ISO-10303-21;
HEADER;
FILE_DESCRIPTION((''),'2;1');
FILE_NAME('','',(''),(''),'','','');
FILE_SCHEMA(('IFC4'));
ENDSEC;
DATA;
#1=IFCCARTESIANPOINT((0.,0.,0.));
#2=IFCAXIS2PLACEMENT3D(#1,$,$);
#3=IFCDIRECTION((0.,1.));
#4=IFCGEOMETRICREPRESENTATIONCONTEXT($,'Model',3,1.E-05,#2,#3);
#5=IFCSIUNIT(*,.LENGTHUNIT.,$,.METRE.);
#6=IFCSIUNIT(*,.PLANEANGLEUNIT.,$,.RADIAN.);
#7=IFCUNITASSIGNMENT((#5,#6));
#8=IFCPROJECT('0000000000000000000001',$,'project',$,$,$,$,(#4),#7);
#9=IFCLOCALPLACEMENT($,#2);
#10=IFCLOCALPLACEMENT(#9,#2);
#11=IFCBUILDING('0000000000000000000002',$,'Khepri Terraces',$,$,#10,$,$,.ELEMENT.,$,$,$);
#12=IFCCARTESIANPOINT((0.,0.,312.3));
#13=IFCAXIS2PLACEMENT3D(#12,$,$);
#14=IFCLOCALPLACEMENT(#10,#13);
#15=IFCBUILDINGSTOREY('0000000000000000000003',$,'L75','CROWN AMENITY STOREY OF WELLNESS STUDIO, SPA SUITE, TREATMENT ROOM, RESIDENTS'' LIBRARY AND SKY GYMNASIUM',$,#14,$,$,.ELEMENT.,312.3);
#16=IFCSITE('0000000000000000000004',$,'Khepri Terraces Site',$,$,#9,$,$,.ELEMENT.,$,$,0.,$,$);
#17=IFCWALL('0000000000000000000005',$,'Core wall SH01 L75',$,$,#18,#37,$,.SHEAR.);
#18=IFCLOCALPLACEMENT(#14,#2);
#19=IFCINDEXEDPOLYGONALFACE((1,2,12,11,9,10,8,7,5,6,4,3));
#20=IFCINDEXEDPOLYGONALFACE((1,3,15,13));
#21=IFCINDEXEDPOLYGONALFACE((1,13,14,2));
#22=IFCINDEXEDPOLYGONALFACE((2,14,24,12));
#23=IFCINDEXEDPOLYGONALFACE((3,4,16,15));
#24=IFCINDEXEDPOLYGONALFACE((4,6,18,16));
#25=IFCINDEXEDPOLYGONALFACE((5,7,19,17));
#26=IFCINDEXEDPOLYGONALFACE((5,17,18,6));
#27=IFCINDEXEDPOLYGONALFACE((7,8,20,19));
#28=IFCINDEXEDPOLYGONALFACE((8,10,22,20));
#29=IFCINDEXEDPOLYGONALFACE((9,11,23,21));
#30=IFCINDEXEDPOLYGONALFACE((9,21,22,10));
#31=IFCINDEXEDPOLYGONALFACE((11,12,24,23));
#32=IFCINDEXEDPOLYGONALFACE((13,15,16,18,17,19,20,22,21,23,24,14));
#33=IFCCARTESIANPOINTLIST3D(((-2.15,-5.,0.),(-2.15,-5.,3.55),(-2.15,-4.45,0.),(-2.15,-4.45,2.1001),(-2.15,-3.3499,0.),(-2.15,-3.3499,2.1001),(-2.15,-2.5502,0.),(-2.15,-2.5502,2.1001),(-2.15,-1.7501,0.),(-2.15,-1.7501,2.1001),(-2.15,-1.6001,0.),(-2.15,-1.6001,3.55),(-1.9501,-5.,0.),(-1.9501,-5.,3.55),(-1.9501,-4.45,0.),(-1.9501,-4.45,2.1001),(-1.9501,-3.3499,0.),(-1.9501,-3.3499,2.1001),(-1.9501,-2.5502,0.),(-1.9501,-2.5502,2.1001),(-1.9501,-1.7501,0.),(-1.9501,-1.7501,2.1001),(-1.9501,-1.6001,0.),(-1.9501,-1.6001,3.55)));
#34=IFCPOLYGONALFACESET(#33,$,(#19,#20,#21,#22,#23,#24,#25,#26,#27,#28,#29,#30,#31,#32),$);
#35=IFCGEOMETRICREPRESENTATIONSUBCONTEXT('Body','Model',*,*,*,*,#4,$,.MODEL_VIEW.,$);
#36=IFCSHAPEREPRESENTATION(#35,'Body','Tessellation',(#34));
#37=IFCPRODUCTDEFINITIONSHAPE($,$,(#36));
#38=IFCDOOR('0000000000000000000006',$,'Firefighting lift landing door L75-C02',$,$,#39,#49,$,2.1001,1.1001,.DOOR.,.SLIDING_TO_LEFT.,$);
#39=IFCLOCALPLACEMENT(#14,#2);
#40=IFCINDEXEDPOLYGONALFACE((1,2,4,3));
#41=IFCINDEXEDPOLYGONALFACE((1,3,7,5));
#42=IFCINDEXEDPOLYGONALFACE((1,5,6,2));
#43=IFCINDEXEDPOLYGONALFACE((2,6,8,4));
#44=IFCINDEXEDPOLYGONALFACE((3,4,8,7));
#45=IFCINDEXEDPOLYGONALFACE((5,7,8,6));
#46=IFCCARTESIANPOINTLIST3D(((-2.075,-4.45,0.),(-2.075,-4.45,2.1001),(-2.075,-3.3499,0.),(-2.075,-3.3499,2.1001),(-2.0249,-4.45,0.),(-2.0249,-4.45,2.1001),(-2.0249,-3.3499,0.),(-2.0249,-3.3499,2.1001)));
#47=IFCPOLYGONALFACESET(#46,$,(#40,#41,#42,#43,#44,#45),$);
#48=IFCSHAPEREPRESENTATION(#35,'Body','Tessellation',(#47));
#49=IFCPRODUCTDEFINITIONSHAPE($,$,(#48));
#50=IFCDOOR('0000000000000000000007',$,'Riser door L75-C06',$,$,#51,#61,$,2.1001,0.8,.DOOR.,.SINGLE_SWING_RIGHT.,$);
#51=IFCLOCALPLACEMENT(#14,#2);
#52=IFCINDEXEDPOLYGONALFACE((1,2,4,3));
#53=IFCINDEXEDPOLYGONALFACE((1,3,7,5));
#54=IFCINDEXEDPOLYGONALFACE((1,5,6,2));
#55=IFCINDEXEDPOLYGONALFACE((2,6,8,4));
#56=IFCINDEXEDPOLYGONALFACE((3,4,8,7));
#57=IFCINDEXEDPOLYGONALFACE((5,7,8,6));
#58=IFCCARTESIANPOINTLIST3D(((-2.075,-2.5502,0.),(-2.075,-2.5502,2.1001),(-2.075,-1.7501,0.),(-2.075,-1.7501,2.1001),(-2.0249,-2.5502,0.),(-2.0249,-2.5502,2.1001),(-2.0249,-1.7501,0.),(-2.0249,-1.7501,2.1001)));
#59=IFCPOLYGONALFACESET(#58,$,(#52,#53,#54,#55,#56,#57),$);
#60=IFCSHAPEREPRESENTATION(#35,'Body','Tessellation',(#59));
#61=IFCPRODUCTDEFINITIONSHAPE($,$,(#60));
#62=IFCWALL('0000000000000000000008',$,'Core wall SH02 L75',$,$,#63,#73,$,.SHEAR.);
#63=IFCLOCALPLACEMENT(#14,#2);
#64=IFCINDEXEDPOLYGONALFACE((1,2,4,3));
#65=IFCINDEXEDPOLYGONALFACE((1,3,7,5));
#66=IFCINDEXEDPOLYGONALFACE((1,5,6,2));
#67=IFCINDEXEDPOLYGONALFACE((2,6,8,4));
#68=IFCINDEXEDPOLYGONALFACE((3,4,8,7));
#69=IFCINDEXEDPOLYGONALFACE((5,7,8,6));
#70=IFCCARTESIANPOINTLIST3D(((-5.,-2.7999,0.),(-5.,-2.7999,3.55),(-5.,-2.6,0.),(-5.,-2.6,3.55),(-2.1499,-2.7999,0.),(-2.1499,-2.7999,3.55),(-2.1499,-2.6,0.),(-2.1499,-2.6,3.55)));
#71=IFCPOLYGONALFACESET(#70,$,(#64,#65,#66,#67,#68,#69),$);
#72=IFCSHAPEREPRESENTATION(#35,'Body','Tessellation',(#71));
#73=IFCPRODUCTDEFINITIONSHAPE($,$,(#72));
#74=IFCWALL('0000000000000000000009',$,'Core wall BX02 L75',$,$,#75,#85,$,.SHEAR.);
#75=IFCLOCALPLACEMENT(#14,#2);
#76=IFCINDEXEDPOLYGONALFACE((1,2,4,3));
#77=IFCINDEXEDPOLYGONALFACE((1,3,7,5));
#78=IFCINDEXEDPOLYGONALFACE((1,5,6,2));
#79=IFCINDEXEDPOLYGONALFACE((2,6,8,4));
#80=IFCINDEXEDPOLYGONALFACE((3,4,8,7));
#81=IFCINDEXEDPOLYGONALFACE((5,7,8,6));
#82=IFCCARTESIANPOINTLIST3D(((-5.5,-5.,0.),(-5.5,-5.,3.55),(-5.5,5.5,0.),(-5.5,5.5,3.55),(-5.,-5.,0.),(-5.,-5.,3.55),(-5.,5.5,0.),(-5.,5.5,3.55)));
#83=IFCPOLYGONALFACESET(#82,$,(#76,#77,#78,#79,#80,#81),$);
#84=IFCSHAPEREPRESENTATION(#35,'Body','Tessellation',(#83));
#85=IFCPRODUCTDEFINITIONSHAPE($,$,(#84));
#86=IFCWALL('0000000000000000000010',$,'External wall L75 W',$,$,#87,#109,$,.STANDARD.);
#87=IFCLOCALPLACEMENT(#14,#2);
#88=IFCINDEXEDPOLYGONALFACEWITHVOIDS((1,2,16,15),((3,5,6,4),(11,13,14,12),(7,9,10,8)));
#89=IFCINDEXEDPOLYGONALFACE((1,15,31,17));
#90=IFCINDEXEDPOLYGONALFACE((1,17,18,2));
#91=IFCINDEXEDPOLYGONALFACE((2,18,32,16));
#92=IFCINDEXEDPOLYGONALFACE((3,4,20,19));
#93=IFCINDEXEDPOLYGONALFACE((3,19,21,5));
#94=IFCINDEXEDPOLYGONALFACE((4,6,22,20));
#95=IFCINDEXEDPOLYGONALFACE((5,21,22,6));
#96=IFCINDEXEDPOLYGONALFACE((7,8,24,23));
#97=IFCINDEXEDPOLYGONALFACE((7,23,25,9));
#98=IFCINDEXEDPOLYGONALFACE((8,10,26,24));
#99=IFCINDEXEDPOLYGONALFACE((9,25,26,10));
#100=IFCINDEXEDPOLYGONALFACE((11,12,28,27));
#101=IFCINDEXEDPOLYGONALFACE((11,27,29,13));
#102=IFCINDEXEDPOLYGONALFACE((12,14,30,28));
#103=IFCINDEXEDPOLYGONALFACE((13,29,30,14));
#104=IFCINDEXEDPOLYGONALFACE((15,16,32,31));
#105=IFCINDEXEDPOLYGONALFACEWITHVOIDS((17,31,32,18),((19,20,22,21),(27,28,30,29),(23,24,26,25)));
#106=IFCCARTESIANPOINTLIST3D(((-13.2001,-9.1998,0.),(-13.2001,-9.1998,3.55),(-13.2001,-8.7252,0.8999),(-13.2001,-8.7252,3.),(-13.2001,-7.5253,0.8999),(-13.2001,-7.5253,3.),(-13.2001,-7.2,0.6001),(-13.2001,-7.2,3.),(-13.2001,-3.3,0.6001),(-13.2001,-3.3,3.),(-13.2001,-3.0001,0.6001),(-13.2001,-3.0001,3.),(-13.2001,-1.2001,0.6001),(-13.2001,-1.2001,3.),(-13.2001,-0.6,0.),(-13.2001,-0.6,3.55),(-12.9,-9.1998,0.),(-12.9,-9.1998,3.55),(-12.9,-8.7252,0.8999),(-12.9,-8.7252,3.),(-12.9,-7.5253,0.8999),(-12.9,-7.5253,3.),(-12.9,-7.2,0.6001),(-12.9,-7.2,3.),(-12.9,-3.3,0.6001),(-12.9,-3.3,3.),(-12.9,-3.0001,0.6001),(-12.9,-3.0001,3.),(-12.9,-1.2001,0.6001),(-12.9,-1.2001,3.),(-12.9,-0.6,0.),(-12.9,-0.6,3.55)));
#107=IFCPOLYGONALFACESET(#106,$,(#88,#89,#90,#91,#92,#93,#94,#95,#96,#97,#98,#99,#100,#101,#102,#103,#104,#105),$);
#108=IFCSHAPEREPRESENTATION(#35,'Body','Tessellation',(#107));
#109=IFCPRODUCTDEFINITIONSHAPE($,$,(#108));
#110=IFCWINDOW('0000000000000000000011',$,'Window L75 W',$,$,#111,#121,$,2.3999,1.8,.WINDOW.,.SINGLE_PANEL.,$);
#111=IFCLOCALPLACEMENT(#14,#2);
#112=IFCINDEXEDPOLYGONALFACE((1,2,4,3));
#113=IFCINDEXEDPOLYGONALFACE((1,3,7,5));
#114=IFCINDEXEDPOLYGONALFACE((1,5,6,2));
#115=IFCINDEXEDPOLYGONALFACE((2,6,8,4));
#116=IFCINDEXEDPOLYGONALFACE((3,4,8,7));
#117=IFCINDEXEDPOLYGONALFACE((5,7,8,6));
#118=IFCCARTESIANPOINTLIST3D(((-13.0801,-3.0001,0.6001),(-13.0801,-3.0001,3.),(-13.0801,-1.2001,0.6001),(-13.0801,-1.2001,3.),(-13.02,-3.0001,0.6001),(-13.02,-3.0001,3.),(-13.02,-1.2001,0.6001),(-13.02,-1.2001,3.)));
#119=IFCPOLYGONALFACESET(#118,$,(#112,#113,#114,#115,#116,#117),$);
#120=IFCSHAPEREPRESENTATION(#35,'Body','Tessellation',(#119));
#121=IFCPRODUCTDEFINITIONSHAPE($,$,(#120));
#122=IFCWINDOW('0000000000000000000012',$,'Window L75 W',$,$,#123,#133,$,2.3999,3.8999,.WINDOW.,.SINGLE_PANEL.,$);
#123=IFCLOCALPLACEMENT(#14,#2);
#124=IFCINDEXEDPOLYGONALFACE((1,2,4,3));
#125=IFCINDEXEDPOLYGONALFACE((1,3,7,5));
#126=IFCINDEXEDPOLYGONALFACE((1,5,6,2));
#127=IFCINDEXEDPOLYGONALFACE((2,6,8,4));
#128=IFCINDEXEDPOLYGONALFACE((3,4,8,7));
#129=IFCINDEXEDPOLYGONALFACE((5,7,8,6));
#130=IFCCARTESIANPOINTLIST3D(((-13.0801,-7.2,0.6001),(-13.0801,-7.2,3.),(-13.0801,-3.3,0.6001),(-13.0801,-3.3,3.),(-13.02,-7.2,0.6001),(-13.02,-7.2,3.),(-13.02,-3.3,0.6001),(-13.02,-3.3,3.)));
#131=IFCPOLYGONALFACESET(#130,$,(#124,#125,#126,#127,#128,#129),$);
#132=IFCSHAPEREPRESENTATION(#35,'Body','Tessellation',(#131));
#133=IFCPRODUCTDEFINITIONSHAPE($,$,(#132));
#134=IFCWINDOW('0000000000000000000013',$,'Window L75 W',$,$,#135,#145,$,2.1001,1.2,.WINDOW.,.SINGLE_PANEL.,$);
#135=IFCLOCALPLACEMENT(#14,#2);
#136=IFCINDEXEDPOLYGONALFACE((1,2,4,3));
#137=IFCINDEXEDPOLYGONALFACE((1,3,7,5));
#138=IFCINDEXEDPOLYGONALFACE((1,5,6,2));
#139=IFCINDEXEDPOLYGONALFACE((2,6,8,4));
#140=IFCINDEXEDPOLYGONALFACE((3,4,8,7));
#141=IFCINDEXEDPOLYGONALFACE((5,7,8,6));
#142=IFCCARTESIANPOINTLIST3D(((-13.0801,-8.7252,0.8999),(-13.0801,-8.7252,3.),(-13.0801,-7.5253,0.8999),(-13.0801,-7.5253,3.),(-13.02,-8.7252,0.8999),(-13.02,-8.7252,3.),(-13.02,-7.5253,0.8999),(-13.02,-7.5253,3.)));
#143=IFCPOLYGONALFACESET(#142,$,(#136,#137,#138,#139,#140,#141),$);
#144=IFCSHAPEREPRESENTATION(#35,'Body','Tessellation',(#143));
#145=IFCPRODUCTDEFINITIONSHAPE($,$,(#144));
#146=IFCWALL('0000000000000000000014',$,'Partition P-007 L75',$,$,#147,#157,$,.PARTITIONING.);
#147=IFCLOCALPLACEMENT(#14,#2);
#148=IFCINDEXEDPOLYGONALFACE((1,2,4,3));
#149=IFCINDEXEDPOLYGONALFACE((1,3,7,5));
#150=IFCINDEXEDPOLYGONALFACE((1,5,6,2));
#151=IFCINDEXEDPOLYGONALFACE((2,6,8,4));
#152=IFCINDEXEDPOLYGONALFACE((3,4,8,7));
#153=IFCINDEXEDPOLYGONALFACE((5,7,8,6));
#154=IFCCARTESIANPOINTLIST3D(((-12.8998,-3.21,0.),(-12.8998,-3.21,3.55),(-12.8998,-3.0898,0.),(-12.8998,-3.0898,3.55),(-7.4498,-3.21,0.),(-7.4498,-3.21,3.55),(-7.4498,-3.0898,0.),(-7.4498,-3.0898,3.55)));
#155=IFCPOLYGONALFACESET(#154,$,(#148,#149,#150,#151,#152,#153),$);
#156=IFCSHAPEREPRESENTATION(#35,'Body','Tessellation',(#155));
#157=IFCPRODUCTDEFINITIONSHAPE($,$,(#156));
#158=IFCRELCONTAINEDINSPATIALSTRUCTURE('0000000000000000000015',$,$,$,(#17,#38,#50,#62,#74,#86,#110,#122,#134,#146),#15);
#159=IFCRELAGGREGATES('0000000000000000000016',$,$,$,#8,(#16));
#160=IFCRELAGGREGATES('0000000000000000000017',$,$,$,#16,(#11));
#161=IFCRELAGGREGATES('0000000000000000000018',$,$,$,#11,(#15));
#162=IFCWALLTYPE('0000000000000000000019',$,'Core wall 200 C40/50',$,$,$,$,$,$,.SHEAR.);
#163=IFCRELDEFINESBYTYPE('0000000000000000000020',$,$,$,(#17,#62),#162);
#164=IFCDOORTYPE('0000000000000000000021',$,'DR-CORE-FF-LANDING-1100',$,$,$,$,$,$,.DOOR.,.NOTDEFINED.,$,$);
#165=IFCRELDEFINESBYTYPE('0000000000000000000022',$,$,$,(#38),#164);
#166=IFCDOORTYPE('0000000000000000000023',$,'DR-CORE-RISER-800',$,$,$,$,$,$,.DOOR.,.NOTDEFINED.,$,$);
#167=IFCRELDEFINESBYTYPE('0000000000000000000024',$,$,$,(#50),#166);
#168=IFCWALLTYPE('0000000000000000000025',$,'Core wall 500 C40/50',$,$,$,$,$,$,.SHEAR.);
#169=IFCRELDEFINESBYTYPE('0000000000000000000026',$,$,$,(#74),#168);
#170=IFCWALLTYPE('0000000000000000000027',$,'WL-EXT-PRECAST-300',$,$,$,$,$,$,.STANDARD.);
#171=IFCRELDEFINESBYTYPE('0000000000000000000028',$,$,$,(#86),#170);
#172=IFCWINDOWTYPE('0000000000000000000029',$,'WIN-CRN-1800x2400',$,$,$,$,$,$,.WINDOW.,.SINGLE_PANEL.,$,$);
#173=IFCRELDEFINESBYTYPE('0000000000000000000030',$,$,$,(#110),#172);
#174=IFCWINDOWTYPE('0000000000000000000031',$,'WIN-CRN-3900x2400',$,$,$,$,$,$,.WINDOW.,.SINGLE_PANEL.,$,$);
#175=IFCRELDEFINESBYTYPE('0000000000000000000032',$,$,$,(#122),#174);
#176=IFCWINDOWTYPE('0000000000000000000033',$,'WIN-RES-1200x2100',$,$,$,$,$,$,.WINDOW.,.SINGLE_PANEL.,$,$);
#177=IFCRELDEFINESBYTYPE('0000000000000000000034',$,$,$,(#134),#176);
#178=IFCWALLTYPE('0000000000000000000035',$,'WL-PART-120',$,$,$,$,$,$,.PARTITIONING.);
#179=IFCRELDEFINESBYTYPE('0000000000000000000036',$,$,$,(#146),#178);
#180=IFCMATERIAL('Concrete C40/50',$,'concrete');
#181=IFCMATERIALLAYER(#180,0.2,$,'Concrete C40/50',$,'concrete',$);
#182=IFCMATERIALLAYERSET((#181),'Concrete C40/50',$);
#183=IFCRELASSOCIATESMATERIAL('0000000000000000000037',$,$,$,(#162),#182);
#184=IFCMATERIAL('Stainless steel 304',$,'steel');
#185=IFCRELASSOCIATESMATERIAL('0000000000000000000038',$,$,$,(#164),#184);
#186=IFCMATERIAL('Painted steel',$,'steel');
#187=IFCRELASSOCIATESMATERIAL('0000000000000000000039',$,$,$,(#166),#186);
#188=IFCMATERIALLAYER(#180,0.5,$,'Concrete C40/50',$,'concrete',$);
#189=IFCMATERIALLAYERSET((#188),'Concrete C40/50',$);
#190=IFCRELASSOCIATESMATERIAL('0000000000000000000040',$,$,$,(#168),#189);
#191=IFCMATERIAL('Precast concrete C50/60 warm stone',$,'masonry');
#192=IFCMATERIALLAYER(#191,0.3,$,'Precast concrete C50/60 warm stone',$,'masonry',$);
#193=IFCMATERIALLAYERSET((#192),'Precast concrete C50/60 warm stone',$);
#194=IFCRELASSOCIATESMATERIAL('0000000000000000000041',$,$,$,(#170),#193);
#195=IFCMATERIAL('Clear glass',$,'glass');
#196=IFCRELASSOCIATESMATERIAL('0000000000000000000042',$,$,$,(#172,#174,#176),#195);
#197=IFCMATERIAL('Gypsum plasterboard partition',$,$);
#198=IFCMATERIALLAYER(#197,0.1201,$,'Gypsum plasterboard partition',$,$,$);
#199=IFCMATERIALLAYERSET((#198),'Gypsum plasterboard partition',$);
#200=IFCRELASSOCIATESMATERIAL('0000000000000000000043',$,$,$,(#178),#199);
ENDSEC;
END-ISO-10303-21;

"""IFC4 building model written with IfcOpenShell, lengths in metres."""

from ifc_helpers import new_model, si_unit, direction, frame, frame_2d, origin, place, context, subcontext, project, spatial, rectangle, extrude, material, layer, layer_set, type_object, element, fill, save


model = new_model("IFC4")

# Units and contexts
model_context = context("Model", 3, precision=1e-05, world=origin(), true_north=direction((0.0, 1.0)))
body_context = subcontext(model_context, "Body", "Model", "MODEL_VIEW")
ifc_project = project(units=[si_unit("LENGTHUNIT", "METRE"), si_unit("PLANEANGLEUNIT", "RADIAN")], contexts=[model_context])

# Site, building, storey
site_placement = place(None, origin())
site = spatial("IfcSite", under=ifc_project, at=site_placement, Name="Khepri Terraces Site", CompositionType="ELEMENT", RefElevation=0.0)
building_placement = place(site_placement, origin())
building = spatial("IfcBuilding", under=site, at=building_placement, Name="Khepri Terraces", CompositionType="ELEMENT")
storey_placement = place(building_placement, frame((0.0, 0.0, 312.3)))
storey = spatial("IfcBuildingStorey", under=building, at=storey_placement, Name="L75", Description="CROWN AMENITY STOREY OF WELLNESS STUDIO, SPA SUITE, TREATMENT ROOM, RESIDENTS' LIBRARY AND SKY GYMNASIUM", CompositionType="ELEMENT", Elevation=312.3)

# Shared definitions
ifc_material_1 = material(Name="Concrete C40/50", Category="concrete")

# Shared definitions
ifc_layer_1 = layer(ifc_material_1, 0.2, Name="Concrete C40/50", Category="concrete")
ifc_layer_set_1 = layer_set([ifc_layer_1], Name="Concrete C40/50")
wall_type_1 = type_object("IfcWallType", Name="Core wall 200 C40/50", PredefinedType="SHEAR", material=ifc_layer_set_1)

# Shared definitions
ifc_material_2 = material(Name="Painted steel", Category="steel")

# Wall, openings, doors
wall_1_placement = place(storey_placement, frame((-2.05, -5.0, 0.0), z_axis=(0.0, 0.0, 1.0), x_axis=(0.0, 1.0, 0.0)))
wall_1 = element("IfcWall", 1, at=wall_1_placement, inside=storey, type_object=wall_type_1, Name="Core wall SH01 L75", PredefinedType="SHEAR", context=body_context, shape_type="SweptSolid", body=[
    extrude(rectangle(XDim=3.3999, YDim=0.2, at=frame_2d((1.7, 0.0))), origin(), (0.0, 0.0, 1.0), 3.55),
])
opening_1_placement = place(wall_1_placement, frame((0.55, 0.0, 0.0)))
opening_1 = element("IfcOpeningElement", 2, at=opening_1_placement, cuts=wall_1, PredefinedType="OPENING", context=body_context, shape_type="SweptSolid", body=[
    extrude(rectangle(XDim=1.1001, YDim=2.1001, at=frame_2d((0.55, 1.05))), frame((0.0, 0.1099, 0.0), z_axis=(0.0, -1.0, 0.0), x_axis=(1.0, 0.0, 0.0)), (0.0, 0.0, 1.0), 0.22),
])
opening_2_placement = place(wall_1_placement, frame((2.45, 0.0, 0.0)))
opening_2 = element("IfcOpeningElement", 3, at=opening_2_placement, cuts=wall_1, PredefinedType="OPENING", context=body_context, shape_type="SweptSolid", body=[
    extrude(rectangle(XDim=0.8, YDim=2.1001, at=frame_2d((0.3999, 1.05))), frame((0.0, 0.1099, 0.0), z_axis=(0.0, -1.0, 0.0), x_axis=(1.0, 0.0, 0.0)), (0.0, 0.0, 1.0), 0.22),
])
ifc_material_3 = material(Name="Stainless steel 304", Category="steel")
door_type_1 = type_object("IfcDoorType", Name="DR-CORE-FF-LANDING-1100", OperationType="NOTDEFINED", PredefinedType="DOOR", material=ifc_material_3)
door_1_placement = place(opening_1_placement, origin())
door_1 = element("IfcDoor", 4, at=door_1_placement, inside=storey, type_object=door_type_1, Name="Firefighting lift landing door L75-C02", OperationType="SLIDING_TO_LEFT", OverallHeight=2.1001, OverallWidth=1.1001, PredefinedType="DOOR", context=body_context, shape_type="SweptSolid", body=[
    extrude(rectangle(XDim=1.1001, YDim=2.1001, at=frame_2d((0.55, 1.05))), frame((0.0, 0.0249, 0.0), z_axis=(0.0, -1.0, 0.0), x_axis=(1.0, 0.0, 0.0)), (0.0, 0.0, 1.0), 0.05),
])
fill(opening_1, door_1)
door_type_2 = type_object("IfcDoorType", Name="DR-CORE-RISER-800", OperationType="NOTDEFINED", PredefinedType="DOOR", material=ifc_material_2)
door_2_placement = place(opening_2_placement, origin())
door_2 = element("IfcDoor", 5, at=door_2_placement, inside=storey, type_object=door_type_2, Name="Riser door L75-C06", OperationType="SINGLE_SWING_RIGHT", OverallHeight=2.1001, OverallWidth=0.8, PredefinedType="DOOR", context=body_context, shape_type="SweptSolid", body=[
    extrude(rectangle(XDim=0.8, YDim=2.1001, at=frame_2d((0.3999, 1.05))), frame((0.0, 0.0249, 0.0), z_axis=(0.0, -1.0, 0.0), x_axis=(1.0, 0.0, 0.0)), (0.0, 0.0, 1.0), 0.05),
])
fill(opening_2, door_2)

# Walls
wall_2_placement = place(storey_placement, frame((-5.0, -2.7, 0.0), z_axis=(0.0, 0.0, 1.0), x_axis=(1.0, 0.0, 0.0)))
element("IfcWall", 6, at=wall_2_placement, inside=storey, type_object=wall_type_1, Name="Core wall SH02 L75", PredefinedType="SHEAR", context=body_context, shape_type="SweptSolid", body=[
    extrude(rectangle(XDim=2.8501, YDim=0.2, at=frame_2d((1.425, 0.0))), origin(), (0.0, 0.0, 1.0), 3.55),
])
ifc_layer_2 = layer(ifc_material_1, 0.5, Name="Concrete C40/50", Category="concrete")
ifc_layer_set_2 = layer_set([ifc_layer_2], Name="Concrete C40/50")
wall_type_2 = type_object("IfcWallType", Name="Core wall 500 C40/50", PredefinedType="SHEAR", material=ifc_layer_set_2)
wall_3_placement = place(storey_placement, frame((-5.25, -5.0, 0.0), z_axis=(0.0, 0.0, 1.0), x_axis=(0.0, 1.0, 0.0)))
element("IfcWall", 7, at=wall_3_placement, inside=storey, type_object=wall_type_2, Name="Core wall BX02 L75", PredefinedType="SHEAR", context=body_context, shape_type="SweptSolid", body=[
    extrude(rectangle(XDim=10.5, YDim=0.5, at=frame_2d((5.25, 0.0))), origin(), (0.0, 0.0, 1.0), 3.55),
])

# Wall, openings, windows
ifc_material_4 = material(Name="Precast concrete C50/60 warm stone", Category="masonry")
ifc_layer_3 = layer(ifc_material_4, 0.3, Name="Precast concrete C50/60 warm stone", Category="masonry")
ifc_layer_set_3 = layer_set([ifc_layer_3], Name="Precast concrete C50/60 warm stone")
wall_type_3 = type_object("IfcWallType", Name="WL-EXT-PRECAST-300", PredefinedType="STANDARD", material=ifc_layer_set_3)
wall_4_placement = place(storey_placement, frame((-13.05, -0.6001, 0.0), z_axis=(0.0, 0.0, 1.0), x_axis=(0.0, -1.0, 0.0)))
wall_4 = element("IfcWall", 8, at=wall_4_placement, inside=storey, type_object=wall_type_3, Name="External wall L75 W", PredefinedType="STANDARD", context=body_context, shape_type="SweptSolid", body=[
    extrude(rectangle(XDim=8.5999, YDim=0.3, at=frame_2d((4.2998, 0.0))), origin(), (0.0, 0.0, 1.0), 3.55),
])
opening_3_placement = place(wall_4_placement, frame((0.6001, 0.0, 0.6001)))
opening_3 = element("IfcOpeningElement", 9, at=opening_3_placement, cuts=wall_4, PredefinedType="OPENING", context=body_context, shape_type="SweptSolid", body=[
    extrude(rectangle(XDim=1.8, YDim=2.3999, at=frame_2d((0.8999, 1.2))), frame((0.0, 0.1602, 0.0), z_axis=(0.0, -1.0, 0.0), x_axis=(1.0, 0.0, 0.0)), (0.0, 0.0, 1.0), 0.3201),
])
opening_4_placement = place(wall_4_placement, frame((2.7, 0.0, 0.6001)))
opening_4 = element("IfcOpeningElement", 10, at=opening_4_placement, cuts=wall_4, PredefinedType="OPENING", context=body_context, shape_type="SweptSolid", body=[
    extrude(rectangle(XDim=3.8999, YDim=2.3999, at=frame_2d((1.95, 1.2))), frame((0.0, 0.1602, 0.0), z_axis=(0.0, -1.0, 0.0), x_axis=(1.0, 0.0, 0.0)), (0.0, 0.0, 1.0), 0.3201),
])
opening_5_placement = place(wall_4_placement, frame((6.925, 0.0, 0.8999)))
opening_5 = element("IfcOpeningElement", 11, at=opening_5_placement, cuts=wall_4, PredefinedType="OPENING", context=body_context, shape_type="SweptSolid", body=[
    extrude(rectangle(XDim=1.2, YDim=2.1001, at=frame_2d((0.6001, 1.05))), frame((0.0, 0.1602, 0.0), z_axis=(0.0, -1.0, 0.0), x_axis=(1.0, 0.0, 0.0)), (0.0, 0.0, 1.0), 0.3201),
])
ifc_material_5 = material(Name="Clear glass", Category="glass")
window_type_1 = type_object("IfcWindowType", Name="WIN-CRN-1800x2400", PartitioningType="SINGLE_PANEL", PredefinedType="WINDOW", material=ifc_material_5)
window_1_placement = place(opening_3_placement, origin())
window_1 = element("IfcWindow", 12, at=window_1_placement, inside=storey, type_object=window_type_1, Name="Window L75 W", OverallHeight=2.3999, OverallWidth=1.8, PartitioningType="SINGLE_PANEL", PredefinedType="WINDOW", context=body_context, shape_type="SweptSolid", body=[
    extrude(rectangle(XDim=1.8, YDim=2.3999, at=frame_2d((0.8999, 1.2))), frame((0.0, 0.03, 0.0), z_axis=(0.0, -1.0, 0.0), x_axis=(1.0, 0.0, 0.0)), (0.0, 0.0, 1.0), 0.0601),
])
fill(opening_3, window_1)
window_type_2 = type_object("IfcWindowType", Name="WIN-CRN-3900x2400", PartitioningType="SINGLE_PANEL", PredefinedType="WINDOW", material=ifc_material_5)
window_2_placement = place(opening_4_placement, origin())
window_2 = element("IfcWindow", 13, at=window_2_placement, inside=storey, type_object=window_type_2, Name="Window L75 W", OverallHeight=2.3999, OverallWidth=3.8999, PartitioningType="SINGLE_PANEL", PredefinedType="WINDOW", context=body_context, shape_type="SweptSolid", body=[
    extrude(rectangle(XDim=3.8999, YDim=2.3999, at=frame_2d((1.95, 1.2))), frame((0.0, 0.03, 0.0), z_axis=(0.0, -1.0, 0.0), x_axis=(1.0, 0.0, 0.0)), (0.0, 0.0, 1.0), 0.0601),
])
fill(opening_4, window_2)
window_type_3 = type_object("IfcWindowType", Name="WIN-RES-1200x2100", PartitioningType="SINGLE_PANEL", PredefinedType="WINDOW", material=ifc_material_5)
window_3_placement = place(opening_5_placement, origin())
window_3 = element("IfcWindow", 14, at=window_3_placement, inside=storey, type_object=window_type_3, Name="Window L75 W", OverallHeight=2.1001, OverallWidth=1.2, PartitioningType="SINGLE_PANEL", PredefinedType="WINDOW", context=body_context, shape_type="SweptSolid", body=[
    extrude(rectangle(XDim=1.2, YDim=2.1001, at=frame_2d((0.6001, 1.05))), frame((0.0, 0.03, 0.0), z_axis=(0.0, -1.0, 0.0), x_axis=(1.0, 0.0, 0.0)), (0.0, 0.0, 1.0), 0.0601),
])
fill(opening_5, window_3)

# Wall
ifc_material_6 = material(Name="Gypsum plasterboard partition")
ifc_layer_4 = layer(ifc_material_6, 0.1201, Name="Gypsum plasterboard partition")
ifc_layer_set_4 = layer_set([ifc_layer_4], Name="Gypsum plasterboard partition")
wall_type_4 = type_object("IfcWallType", Name="WL-PART-120", PredefinedType="PARTITIONING", material=ifc_layer_set_4)
wall_5_placement = place(storey_placement, frame((-12.8999, -3.1499, 0.0), z_axis=(0.0, 0.0, 1.0), x_axis=(1.0, 0.0, 0.0)))
element("IfcWall", 15, at=wall_5_placement, inside=storey, type_object=wall_type_4, Name="Partition P-007 L75", PredefinedType="PARTITIONING", context=body_context, shape_type="SweptSolid", body=[
    extrude(rectangle(XDim=5.45, YDim=0.1201, at=frame_2d((2.7251, 0.0))), origin(), (0.0, 0.0, 1.0), 3.55),
])

save(model, "model.ifc")
